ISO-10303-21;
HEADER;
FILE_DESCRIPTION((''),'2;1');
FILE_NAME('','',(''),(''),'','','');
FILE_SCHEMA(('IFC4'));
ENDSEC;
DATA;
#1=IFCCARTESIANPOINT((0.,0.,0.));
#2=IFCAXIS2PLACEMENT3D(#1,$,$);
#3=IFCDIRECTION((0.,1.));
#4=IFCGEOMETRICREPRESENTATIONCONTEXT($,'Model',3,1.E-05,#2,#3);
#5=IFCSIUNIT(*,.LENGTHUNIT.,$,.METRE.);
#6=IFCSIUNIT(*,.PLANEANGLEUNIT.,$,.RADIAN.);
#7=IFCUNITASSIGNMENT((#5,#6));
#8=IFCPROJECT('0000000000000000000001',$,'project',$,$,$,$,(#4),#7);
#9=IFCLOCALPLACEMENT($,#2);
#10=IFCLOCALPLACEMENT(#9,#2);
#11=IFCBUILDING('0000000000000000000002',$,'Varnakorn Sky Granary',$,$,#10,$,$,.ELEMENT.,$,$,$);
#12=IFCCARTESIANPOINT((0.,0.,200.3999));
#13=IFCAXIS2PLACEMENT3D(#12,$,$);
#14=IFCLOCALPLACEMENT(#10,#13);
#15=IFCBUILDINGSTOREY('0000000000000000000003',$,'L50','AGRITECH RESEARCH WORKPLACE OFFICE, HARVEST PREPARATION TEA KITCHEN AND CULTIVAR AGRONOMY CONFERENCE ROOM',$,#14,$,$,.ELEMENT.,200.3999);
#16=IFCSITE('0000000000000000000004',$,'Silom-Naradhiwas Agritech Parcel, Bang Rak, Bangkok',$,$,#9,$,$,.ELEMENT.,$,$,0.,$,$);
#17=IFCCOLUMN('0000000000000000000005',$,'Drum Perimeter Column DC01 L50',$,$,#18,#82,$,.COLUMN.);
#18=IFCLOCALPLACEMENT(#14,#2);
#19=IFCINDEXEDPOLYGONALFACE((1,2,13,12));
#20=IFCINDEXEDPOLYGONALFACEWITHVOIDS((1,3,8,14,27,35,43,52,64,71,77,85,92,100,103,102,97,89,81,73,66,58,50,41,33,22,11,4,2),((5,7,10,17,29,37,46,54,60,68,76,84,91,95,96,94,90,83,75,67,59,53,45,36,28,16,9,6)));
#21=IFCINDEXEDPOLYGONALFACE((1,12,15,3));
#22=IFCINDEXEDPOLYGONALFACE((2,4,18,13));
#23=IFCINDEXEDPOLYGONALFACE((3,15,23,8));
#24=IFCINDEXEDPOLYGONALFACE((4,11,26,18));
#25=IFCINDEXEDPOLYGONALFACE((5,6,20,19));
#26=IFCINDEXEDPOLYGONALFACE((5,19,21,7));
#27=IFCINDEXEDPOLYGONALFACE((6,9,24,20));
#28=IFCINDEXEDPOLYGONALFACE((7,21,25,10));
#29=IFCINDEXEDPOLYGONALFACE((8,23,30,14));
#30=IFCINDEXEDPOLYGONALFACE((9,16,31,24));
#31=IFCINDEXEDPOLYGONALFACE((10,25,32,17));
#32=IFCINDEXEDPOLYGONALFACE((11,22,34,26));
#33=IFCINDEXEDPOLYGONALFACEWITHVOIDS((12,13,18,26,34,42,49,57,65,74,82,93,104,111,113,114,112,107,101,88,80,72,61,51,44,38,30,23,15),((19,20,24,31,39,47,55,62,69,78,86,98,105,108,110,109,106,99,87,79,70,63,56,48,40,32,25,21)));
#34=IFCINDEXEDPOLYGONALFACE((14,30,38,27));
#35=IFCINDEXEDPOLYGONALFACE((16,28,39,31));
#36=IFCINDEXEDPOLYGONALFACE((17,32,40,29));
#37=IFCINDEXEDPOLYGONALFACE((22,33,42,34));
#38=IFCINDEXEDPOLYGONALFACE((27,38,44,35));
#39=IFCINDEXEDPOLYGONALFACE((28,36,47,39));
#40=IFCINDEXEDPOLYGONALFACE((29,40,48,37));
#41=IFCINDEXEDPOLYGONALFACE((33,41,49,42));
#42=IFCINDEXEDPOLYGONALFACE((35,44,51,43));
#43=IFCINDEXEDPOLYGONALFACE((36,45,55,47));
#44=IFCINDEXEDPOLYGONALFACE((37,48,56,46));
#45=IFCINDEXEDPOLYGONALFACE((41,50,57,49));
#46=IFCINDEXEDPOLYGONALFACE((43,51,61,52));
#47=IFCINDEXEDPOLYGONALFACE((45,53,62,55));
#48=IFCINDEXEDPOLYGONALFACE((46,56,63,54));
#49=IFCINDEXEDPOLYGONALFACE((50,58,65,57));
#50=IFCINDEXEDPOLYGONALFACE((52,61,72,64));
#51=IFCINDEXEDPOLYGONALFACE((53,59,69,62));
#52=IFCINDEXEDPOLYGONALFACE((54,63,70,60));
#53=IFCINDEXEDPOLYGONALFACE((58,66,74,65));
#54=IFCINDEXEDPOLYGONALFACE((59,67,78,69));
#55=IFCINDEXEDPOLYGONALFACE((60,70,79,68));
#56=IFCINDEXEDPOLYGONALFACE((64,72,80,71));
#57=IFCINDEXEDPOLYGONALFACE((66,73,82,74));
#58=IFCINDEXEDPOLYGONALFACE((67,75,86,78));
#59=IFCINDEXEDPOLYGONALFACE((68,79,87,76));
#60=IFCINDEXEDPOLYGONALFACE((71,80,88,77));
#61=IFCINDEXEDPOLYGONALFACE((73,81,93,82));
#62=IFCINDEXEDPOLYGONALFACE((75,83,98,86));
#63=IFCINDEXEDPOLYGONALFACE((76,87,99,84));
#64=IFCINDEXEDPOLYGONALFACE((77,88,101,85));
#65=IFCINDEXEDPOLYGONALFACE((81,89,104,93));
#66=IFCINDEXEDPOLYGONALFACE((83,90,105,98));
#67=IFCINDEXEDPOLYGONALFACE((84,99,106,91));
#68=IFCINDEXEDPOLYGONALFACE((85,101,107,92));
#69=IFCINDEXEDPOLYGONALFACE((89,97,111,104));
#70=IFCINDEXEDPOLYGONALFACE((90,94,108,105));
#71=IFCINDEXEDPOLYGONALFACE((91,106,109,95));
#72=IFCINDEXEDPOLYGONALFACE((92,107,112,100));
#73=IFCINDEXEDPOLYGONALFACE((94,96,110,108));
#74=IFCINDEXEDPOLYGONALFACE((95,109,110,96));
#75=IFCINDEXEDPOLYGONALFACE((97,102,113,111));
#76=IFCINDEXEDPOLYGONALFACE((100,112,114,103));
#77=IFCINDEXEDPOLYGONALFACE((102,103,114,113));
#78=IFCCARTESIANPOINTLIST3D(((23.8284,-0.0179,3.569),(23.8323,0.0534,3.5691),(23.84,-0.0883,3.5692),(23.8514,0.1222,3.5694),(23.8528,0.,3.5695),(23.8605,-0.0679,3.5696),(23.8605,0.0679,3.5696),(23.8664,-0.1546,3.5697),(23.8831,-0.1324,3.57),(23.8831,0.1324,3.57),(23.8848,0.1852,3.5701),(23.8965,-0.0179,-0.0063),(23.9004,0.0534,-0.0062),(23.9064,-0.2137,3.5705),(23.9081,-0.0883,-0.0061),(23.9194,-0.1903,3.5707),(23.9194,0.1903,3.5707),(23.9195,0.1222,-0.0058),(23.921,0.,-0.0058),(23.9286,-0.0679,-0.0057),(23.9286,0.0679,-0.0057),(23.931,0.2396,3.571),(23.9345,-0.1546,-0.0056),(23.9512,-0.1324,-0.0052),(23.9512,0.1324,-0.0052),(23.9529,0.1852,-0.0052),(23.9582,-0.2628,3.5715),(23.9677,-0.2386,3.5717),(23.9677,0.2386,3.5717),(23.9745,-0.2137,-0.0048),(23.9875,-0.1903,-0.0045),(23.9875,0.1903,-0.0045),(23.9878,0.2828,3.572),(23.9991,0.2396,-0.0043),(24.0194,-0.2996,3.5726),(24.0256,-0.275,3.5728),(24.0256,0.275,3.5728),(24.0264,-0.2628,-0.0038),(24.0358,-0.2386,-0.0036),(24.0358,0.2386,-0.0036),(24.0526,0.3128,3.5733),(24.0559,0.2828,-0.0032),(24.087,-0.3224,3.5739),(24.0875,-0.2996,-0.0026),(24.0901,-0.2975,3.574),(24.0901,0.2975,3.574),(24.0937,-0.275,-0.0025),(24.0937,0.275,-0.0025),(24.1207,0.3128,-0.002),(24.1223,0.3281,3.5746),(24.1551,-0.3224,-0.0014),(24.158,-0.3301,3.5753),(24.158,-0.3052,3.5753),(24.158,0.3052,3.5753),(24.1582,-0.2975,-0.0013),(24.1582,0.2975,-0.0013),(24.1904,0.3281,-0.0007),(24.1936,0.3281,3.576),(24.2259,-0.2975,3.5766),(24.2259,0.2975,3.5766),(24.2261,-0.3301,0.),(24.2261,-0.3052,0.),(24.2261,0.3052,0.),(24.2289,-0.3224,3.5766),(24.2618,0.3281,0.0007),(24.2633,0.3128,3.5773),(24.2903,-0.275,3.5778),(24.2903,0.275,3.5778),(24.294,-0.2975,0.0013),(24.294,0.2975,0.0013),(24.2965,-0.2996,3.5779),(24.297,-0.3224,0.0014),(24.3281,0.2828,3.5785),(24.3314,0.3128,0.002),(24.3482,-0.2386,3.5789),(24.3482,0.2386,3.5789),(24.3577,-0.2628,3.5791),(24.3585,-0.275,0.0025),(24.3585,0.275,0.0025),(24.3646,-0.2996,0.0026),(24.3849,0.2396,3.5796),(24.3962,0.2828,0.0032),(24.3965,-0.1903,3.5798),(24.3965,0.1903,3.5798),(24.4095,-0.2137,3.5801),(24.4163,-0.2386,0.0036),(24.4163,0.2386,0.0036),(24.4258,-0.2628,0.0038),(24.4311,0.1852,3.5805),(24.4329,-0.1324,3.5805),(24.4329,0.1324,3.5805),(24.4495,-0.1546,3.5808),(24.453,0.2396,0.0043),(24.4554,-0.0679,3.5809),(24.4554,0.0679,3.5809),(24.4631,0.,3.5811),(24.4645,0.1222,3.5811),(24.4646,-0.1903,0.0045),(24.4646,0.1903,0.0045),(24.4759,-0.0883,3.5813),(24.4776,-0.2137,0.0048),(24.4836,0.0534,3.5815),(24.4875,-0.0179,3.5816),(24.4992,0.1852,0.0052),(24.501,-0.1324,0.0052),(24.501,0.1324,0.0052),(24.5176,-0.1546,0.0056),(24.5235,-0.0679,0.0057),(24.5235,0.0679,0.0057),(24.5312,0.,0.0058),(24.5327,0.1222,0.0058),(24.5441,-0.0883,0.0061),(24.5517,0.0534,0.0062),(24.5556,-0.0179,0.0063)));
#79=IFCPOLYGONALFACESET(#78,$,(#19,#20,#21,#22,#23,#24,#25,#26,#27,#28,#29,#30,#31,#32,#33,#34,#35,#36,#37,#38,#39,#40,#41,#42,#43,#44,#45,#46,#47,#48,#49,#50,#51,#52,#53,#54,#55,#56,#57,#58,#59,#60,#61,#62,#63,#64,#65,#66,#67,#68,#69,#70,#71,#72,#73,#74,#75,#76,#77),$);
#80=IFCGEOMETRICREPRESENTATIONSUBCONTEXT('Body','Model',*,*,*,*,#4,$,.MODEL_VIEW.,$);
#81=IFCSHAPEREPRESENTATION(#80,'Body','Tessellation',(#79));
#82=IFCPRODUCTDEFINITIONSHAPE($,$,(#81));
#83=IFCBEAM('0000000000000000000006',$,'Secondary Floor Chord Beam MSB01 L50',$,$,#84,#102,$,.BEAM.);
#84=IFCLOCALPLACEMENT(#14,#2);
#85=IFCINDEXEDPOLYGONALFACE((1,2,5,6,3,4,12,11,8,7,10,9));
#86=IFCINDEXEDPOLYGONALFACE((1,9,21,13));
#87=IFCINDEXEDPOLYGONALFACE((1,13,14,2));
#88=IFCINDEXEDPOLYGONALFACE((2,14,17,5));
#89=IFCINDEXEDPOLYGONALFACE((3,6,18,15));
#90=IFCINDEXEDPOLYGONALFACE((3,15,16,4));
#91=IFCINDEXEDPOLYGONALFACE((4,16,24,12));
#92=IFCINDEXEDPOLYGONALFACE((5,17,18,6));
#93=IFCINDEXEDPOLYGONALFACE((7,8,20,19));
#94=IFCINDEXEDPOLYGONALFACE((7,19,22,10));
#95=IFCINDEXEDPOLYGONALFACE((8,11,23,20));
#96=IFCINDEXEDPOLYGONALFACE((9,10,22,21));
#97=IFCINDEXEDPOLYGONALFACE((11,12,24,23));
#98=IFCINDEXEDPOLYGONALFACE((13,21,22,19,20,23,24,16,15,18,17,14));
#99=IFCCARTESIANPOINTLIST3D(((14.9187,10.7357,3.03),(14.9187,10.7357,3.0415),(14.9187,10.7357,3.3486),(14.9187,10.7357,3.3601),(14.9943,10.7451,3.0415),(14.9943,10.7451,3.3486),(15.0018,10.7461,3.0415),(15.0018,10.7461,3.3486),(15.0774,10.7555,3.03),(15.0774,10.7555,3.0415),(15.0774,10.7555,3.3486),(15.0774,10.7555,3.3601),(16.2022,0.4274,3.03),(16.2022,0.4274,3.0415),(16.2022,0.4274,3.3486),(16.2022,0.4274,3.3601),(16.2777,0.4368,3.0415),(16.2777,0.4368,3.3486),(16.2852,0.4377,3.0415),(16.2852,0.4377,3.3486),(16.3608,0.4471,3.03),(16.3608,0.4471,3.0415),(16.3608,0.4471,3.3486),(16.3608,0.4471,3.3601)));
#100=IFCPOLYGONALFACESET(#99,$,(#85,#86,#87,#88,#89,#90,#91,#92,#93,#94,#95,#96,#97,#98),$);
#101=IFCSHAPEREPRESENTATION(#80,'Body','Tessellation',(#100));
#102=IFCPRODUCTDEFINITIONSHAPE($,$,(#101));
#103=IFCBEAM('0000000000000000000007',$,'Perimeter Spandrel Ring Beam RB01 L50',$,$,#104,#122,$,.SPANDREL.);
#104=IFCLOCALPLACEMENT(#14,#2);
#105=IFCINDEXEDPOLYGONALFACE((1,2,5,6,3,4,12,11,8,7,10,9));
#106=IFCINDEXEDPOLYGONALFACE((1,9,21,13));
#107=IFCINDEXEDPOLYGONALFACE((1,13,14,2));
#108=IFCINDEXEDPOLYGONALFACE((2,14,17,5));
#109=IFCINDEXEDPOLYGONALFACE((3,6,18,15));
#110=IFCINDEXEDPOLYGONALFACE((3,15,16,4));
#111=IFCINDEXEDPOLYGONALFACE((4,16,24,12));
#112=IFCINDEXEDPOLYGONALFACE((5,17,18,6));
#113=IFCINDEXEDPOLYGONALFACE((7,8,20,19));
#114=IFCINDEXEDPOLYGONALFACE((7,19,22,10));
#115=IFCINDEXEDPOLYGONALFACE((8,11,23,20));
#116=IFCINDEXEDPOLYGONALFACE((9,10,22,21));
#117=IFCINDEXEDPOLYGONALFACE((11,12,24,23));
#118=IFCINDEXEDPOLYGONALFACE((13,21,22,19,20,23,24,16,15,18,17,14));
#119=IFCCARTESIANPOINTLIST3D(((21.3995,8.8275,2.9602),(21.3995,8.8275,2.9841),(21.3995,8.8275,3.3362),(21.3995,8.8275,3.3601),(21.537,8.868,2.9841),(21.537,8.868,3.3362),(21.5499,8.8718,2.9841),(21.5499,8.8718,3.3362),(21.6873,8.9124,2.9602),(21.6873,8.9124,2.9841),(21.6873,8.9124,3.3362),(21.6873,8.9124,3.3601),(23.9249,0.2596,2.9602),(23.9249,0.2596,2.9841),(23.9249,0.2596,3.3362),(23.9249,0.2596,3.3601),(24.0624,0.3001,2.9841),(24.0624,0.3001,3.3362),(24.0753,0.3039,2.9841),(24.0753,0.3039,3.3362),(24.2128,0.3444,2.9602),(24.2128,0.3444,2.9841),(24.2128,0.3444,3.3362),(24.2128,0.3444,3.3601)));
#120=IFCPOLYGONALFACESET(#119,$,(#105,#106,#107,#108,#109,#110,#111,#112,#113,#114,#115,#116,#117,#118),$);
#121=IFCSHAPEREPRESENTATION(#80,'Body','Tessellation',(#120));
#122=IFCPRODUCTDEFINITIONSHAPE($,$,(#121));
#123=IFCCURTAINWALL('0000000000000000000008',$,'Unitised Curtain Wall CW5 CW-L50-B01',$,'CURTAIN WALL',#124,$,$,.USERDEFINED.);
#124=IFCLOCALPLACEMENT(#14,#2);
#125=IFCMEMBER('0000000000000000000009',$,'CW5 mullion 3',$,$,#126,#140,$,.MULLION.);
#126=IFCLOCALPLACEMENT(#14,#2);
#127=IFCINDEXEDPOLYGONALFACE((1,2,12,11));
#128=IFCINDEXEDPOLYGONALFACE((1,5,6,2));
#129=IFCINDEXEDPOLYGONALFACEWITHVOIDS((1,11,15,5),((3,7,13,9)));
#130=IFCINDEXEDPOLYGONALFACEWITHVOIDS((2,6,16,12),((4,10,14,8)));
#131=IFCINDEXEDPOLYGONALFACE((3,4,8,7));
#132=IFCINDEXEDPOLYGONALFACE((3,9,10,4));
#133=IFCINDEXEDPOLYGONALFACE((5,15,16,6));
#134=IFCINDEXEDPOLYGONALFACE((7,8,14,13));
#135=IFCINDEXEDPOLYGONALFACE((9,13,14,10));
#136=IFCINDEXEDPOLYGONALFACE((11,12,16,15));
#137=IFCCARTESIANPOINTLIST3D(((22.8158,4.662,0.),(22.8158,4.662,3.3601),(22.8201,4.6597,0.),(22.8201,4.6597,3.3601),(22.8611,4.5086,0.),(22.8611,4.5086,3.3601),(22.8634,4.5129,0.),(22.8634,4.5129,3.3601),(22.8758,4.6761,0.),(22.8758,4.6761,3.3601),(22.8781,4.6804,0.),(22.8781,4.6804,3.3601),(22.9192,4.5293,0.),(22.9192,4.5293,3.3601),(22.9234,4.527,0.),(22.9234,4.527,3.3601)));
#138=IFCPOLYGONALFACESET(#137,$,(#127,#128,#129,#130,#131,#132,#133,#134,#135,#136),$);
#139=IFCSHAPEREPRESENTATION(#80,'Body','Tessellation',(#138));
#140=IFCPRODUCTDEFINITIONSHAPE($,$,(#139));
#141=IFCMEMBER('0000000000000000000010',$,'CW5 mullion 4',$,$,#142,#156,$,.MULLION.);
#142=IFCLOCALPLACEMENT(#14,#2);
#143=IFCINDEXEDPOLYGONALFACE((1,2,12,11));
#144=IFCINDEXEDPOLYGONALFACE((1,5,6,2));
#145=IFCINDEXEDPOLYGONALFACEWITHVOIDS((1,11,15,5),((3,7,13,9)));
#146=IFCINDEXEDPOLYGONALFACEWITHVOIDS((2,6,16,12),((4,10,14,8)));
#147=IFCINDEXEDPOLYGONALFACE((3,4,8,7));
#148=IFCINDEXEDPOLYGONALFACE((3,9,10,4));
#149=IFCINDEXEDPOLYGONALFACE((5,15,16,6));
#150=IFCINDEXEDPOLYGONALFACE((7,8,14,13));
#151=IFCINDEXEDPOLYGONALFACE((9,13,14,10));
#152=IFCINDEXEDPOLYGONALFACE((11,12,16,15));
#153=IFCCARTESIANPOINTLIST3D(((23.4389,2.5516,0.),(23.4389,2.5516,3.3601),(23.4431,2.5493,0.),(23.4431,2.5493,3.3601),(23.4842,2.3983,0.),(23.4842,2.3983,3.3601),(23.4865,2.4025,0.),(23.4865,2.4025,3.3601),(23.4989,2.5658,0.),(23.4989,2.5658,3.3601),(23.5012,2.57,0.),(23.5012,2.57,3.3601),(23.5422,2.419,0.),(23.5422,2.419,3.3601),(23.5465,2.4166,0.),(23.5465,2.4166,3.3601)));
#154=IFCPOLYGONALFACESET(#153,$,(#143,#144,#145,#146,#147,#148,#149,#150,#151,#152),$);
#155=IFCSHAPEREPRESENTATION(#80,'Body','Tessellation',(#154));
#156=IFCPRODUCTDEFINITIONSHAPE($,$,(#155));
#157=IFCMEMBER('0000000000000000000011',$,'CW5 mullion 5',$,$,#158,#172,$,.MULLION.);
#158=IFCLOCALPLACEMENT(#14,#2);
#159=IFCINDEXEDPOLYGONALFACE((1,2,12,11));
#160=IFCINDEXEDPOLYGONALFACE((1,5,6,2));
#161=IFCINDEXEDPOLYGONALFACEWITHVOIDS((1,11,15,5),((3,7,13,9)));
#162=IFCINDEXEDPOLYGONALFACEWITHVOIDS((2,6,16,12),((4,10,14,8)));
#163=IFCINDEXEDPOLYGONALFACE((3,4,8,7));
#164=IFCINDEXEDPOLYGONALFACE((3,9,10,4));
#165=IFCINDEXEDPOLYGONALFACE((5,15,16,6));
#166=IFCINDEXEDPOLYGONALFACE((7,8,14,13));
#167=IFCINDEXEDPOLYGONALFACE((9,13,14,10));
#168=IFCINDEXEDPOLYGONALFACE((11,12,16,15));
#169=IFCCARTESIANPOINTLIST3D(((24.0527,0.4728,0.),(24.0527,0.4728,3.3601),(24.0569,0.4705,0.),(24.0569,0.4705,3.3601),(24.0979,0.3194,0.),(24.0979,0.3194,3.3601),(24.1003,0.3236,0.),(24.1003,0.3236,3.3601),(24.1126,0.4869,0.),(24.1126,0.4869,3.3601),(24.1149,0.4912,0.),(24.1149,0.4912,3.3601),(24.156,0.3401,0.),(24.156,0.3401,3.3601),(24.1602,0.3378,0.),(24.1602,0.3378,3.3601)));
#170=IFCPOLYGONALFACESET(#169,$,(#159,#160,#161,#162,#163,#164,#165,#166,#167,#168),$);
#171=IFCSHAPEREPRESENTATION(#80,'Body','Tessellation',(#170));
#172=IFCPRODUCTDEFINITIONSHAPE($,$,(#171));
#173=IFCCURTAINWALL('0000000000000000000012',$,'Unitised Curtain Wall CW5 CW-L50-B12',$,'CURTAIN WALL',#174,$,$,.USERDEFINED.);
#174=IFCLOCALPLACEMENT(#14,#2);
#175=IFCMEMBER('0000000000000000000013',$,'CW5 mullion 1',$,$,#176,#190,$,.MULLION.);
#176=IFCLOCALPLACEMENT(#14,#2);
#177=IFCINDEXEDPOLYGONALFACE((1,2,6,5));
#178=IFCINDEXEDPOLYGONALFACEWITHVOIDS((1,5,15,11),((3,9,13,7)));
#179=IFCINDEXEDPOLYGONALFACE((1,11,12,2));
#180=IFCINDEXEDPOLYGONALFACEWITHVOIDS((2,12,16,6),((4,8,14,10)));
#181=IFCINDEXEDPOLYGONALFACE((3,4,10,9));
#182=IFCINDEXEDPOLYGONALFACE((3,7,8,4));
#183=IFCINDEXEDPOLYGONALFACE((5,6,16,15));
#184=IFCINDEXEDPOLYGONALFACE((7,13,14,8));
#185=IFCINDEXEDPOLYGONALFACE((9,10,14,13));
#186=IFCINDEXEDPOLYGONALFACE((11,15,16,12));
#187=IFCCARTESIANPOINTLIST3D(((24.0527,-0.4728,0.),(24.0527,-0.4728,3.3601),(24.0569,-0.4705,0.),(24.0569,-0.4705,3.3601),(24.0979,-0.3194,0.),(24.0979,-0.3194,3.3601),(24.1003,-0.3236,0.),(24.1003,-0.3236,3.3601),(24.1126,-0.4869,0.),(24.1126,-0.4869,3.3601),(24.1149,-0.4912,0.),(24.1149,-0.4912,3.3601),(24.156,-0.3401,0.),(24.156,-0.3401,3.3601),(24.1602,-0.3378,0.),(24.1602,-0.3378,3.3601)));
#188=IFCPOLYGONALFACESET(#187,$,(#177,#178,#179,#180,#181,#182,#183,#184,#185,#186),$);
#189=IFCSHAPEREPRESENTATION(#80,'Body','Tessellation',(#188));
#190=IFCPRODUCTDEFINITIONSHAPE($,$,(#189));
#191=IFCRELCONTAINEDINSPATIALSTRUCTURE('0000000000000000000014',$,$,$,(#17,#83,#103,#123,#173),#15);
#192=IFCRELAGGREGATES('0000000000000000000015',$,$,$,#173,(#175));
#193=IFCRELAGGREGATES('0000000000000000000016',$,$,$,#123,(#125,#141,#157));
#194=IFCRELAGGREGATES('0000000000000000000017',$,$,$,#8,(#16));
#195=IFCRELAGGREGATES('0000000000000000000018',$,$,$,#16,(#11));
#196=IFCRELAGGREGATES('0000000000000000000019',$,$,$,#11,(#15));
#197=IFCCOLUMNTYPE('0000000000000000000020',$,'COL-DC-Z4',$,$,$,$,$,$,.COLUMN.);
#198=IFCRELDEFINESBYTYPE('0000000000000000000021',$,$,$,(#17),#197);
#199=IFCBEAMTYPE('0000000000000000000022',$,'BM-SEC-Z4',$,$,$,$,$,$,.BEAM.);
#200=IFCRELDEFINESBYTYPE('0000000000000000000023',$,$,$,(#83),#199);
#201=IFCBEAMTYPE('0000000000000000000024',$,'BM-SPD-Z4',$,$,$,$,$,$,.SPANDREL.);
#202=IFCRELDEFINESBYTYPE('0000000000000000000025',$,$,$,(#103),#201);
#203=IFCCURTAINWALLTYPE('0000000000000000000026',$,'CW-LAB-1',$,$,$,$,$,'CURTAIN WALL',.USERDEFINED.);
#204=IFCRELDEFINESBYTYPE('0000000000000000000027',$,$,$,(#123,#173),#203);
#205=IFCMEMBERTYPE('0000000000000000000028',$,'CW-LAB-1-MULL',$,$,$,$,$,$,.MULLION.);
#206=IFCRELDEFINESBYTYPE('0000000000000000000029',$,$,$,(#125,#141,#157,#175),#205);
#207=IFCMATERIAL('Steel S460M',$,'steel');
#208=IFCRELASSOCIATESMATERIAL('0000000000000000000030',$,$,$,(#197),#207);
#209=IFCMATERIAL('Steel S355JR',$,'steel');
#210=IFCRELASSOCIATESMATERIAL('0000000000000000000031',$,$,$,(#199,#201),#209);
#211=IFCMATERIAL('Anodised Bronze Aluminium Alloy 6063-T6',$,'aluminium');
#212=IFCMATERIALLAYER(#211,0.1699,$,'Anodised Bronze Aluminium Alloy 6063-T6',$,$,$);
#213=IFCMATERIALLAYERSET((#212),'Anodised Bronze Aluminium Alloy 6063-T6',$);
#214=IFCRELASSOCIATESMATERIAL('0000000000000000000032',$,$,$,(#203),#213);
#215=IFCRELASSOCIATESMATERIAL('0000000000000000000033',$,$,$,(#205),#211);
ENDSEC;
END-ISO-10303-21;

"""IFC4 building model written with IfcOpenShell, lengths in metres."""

from ifc_helpers import new_model, si_unit, direction, frame, origin, origin_2d, place, context, subcontext, project, spatial, hollow_rectangle, hollow_circle, i_section, extrude, material, layer, layer_set, material_profile, profile_set, type_object, element, aggregate, save


model = new_model("IFC4")

# Units and contexts
model_context = context("Model", 3, precision=1e-05, world=origin(), true_north=direction((0.0, 1.0)))
body_context = subcontext(model_context, "Body", "Model", "MODEL_VIEW")
ifc_project = project(units=[si_unit("LENGTHUNIT", "METRE"), si_unit("PLANEANGLEUNIT", "RADIAN")], contexts=[model_context])

# Site, building, storey
site_placement = place(None, origin())
site = spatial("IfcSite", under=ifc_project, at=site_placement, Name="Silom-Naradhiwas Agritech Parcel, Bang Rak, Bangkok", CompositionType="ELEMENT", RefElevation=0.0)
building_placement = place(site_placement, origin())
building = spatial("IfcBuilding", under=site, at=building_placement, Name="Varnakorn Sky Granary", CompositionType="ELEMENT")
storey_placement = place(building_placement, frame((0.0, 0.0, 200.3999)))
storey = spatial("IfcBuildingStorey", under=building, at=storey_placement, Name="L50", Description="AGRITECH RESEARCH WORKPLACE OFFICE, HARVEST PREPARATION TEA KITCHEN AND CULTIVAR AGRONOMY CONFERENCE ROOM", CompositionType="ELEMENT", Elevation=200.3999)

# Column
ifc_material_1 = material(Name="Steel S460M", Category="steel")
ifc_material_profile_1 = material_profile(ifc_material_1, hollow_circle(Radius=0.3301, WallThickness=0.0249, at=origin_2d()), Name="CHS 660x25")
ifc_profile_set_1 = profile_set([ifc_material_profile_1], Name="Steel S460M")
column_type = type_object("IfcColumnType", Name="COL-DC-Z4", PredefinedType="COLUMN", material=ifc_profile_set_1)
column_placement = place(storey_placement, frame((24.2261, 0.0, 0.0), z_axis=(-0.019049, 0.0, 0.999819), x_axis=(0.0, -1.0, 0.0)))
element("IfcColumn", 1, at=column_placement, inside=storey, type_object=column_type, Name="Drum Perimeter Column DC01 L50", PredefinedType="COLUMN", context=body_context, shape_type="SweptSolid", body=[
    extrude(hollow_circle(Radius=0.3301, WallThickness=0.0249, at=origin_2d()), origin(), (0.0, 0.0, 1.0), 3.5759),
])

# Beams
ifc_material_2 = material(Name="Steel S355JR", Category="steel")
ifc_material_profile_2 = material_profile(ifc_material_2, i_section(OverallWidth=0.1599, OverallDepth=0.3301, WebThickness=0.0076, FlangeThickness=0.0115, at=origin_2d()), Name="IPE 330")
ifc_profile_set_2 = profile_set([ifc_material_profile_2], Name="Steel S355JR")
beam_type_1 = type_object("IfcBeamType", Name="BM-SEC-Z4", PredefinedType="BEAM", material=ifc_profile_set_2)
beam_1_placement = place(storey_placement, frame((16.2815, 0.4373, 3.1951), z_axis=(-0.123552, 0.992338, 0.0), x_axis=(-0.992338, -0.123552, 0.0)))
element("IfcBeam", 2, at=beam_1_placement, inside=storey, type_object=beam_type_1, Name="Secondary Floor Chord Beam MSB01 L50", PredefinedType="BEAM", context=body_context, shape_type="SweptSolid", body=[
    extrude(i_section(OverallWidth=0.1599, OverallDepth=0.3301, WebThickness=0.0076, FlangeThickness=0.0115, at=origin_2d()), origin(), (0.0, 0.0, 1.0), 10.3879),
])
ifc_material_profile_3 = material_profile(ifc_material_2, i_section(OverallWidth=0.3, OverallDepth=0.3999, WebThickness=0.0134, FlangeThickness=0.0239, at=origin_2d()), Name="HE 400 B")
ifc_profile_set_3 = profile_set([ifc_material_profile_3], Name="Steel S355JR")
beam_type_2 = type_object("IfcBeamType", Name="BM-SPD-Z4", PredefinedType="SPANDREL", material=ifc_profile_set_3)
beam_2_placement = place(storey_placement, frame((24.0688, 0.302, 3.1602), z_axis=(-0.282726, 0.959201, 0.0), x_axis=(-0.959201, -0.282726, 0.0)))
element("IfcBeam", 3, at=beam_2_placement, inside=storey, type_object=beam_type_2, Name="Perimeter Spandrel Ring Beam RB01 L50", PredefinedType="SPANDREL", context=body_context, shape_type="SweptSolid", body=[
    extrude(i_section(OverallWidth=0.3, OverallDepth=0.3999, WebThickness=0.0134, FlangeThickness=0.0239, at=origin_2d()), origin(), (0.0, 0.0, 1.0), 8.9324),
])

# Curtain wall, members
ifc_material_3 = material(Name="Anodised Bronze Aluminium Alloy 6063-T6", Category="aluminium")
ifc_layer_1 = layer(ifc_material_3, 0.1699, Name="Anodised Bronze Aluminium Alloy 6063-T6")
ifc_layer_set_1 = layer_set([ifc_layer_1], Name="Anodised Bronze Aluminium Alloy 6063-T6")
curtain_wall_type = type_object("IfcCurtainWallType", Name="CW-LAB-1", ElementType="CURTAIN WALL", PredefinedType="USERDEFINED", material=ifc_layer_set_1)
curtain_wall_1_placement = place(storey_placement, origin())
curtain_wall_1 = element("IfcCurtainWall", 4, at=curtain_wall_1_placement, inside=storey, type_object=curtain_wall_type, Name="Unitised Curtain Wall CW5 CW-L50-B01", ObjectType="CURTAIN WALL", PredefinedType="USERDEFINED")
ifc_material_profile_4 = material_profile(ifc_material_3, hollow_rectangle(XDim=0.0649, YDim=0.1599, WallThickness=0.0034, at=origin_2d()), Name="ALU MULL 65x160")
ifc_profile_set_4 = profile_set([ifc_material_profile_4], Name="Anodised Bronze Aluminium Alloy 6063-T6")
member_type_1 = type_object("IfcMemberType", Name="CW-LAB-1-MULL", PredefinedType="MULLION", material=ifc_profile_set_4)
member_1_placement = place(storey_placement, frame((22.8696, 4.5945, 0.0), z_axis=(0.0, 0.0, 1.0), x_axis=(0.959077, 0.283144, 0.0)))
member_1 = element("IfcMember", 5, at=member_1_placement, type_object=member_type_1, Name="CW5 mullion 3", PredefinedType="MULLION", context=body_context, shape_type="SweptSolid", body=[
    extrude(hollow_rectangle(XDim=0.0649, YDim=0.1599, WallThickness=0.0034, at=origin_2d()), origin(), (0.0, 0.0, 1.0), 3.3601),
])
member_2_placement = place(storey_placement, frame((23.4927, 2.4841, 0.0), z_axis=(0.0, 0.0, 1.0), x_axis=(0.959077, 0.283144, 0.0)))
member_2 = element("IfcMember", 6, at=member_2_placement, type_object=member_type_1, Name="CW5 mullion 4", PredefinedType="MULLION", context=body_context, shape_type="SweptSolid", body=[
    extrude(hollow_rectangle(XDim=0.0649, YDim=0.1599, WallThickness=0.0034, at=origin_2d()), origin(), (0.0, 0.0, 1.0), 3.3601),
])
member_3_placement = place(storey_placement, frame((24.1064, 0.4053, 0.0), z_axis=(0.0, 0.0, 1.0), x_axis=(0.959077, 0.283144, 0.0)))
member_3 = element("IfcMember", 7, at=member_3_placement, type_object=member_type_1, Name="CW5 mullion 5", PredefinedType="MULLION", context=body_context, shape_type="SweptSolid", body=[
    extrude(hollow_rectangle(XDim=0.0649, YDim=0.1599, WallThickness=0.0034, at=origin_2d()), origin(), (0.0, 0.0, 1.0), 3.3601),
])

# Curtain wall, member
curtain_wall_2_placement = place(storey_placement, origin())
curtain_wall_2 = element("IfcCurtainWall", 8, at=curtain_wall_2_placement, inside=storey, type_object=curtain_wall_type, Name="Unitised Curtain Wall CW5 CW-L50-B12", ObjectType="CURTAIN WALL", PredefinedType="USERDEFINED")
member_4_placement = place(storey_placement, frame((24.1064, -0.4053, 0.0), z_axis=(0.0, 0.0, 1.0), x_axis=(0.959077, -0.283144, 0.0)))
member_4 = element("IfcMember", 9, at=member_4_placement, type_object=member_type_1, Name="CW5 mullion 1", PredefinedType="MULLION", context=body_context, shape_type="SweptSolid", body=[
    extrude(hollow_rectangle(XDim=0.0649, YDim=0.1599, WallThickness=0.0034, at=origin_2d()), origin(), (0.0, 0.0, 1.0), 3.3601),
])

aggregate(curtain_wall_2, [member_4])
aggregate(curtain_wall_1, [member_1, member_2, member_3])

save(model, "model.ifc")
